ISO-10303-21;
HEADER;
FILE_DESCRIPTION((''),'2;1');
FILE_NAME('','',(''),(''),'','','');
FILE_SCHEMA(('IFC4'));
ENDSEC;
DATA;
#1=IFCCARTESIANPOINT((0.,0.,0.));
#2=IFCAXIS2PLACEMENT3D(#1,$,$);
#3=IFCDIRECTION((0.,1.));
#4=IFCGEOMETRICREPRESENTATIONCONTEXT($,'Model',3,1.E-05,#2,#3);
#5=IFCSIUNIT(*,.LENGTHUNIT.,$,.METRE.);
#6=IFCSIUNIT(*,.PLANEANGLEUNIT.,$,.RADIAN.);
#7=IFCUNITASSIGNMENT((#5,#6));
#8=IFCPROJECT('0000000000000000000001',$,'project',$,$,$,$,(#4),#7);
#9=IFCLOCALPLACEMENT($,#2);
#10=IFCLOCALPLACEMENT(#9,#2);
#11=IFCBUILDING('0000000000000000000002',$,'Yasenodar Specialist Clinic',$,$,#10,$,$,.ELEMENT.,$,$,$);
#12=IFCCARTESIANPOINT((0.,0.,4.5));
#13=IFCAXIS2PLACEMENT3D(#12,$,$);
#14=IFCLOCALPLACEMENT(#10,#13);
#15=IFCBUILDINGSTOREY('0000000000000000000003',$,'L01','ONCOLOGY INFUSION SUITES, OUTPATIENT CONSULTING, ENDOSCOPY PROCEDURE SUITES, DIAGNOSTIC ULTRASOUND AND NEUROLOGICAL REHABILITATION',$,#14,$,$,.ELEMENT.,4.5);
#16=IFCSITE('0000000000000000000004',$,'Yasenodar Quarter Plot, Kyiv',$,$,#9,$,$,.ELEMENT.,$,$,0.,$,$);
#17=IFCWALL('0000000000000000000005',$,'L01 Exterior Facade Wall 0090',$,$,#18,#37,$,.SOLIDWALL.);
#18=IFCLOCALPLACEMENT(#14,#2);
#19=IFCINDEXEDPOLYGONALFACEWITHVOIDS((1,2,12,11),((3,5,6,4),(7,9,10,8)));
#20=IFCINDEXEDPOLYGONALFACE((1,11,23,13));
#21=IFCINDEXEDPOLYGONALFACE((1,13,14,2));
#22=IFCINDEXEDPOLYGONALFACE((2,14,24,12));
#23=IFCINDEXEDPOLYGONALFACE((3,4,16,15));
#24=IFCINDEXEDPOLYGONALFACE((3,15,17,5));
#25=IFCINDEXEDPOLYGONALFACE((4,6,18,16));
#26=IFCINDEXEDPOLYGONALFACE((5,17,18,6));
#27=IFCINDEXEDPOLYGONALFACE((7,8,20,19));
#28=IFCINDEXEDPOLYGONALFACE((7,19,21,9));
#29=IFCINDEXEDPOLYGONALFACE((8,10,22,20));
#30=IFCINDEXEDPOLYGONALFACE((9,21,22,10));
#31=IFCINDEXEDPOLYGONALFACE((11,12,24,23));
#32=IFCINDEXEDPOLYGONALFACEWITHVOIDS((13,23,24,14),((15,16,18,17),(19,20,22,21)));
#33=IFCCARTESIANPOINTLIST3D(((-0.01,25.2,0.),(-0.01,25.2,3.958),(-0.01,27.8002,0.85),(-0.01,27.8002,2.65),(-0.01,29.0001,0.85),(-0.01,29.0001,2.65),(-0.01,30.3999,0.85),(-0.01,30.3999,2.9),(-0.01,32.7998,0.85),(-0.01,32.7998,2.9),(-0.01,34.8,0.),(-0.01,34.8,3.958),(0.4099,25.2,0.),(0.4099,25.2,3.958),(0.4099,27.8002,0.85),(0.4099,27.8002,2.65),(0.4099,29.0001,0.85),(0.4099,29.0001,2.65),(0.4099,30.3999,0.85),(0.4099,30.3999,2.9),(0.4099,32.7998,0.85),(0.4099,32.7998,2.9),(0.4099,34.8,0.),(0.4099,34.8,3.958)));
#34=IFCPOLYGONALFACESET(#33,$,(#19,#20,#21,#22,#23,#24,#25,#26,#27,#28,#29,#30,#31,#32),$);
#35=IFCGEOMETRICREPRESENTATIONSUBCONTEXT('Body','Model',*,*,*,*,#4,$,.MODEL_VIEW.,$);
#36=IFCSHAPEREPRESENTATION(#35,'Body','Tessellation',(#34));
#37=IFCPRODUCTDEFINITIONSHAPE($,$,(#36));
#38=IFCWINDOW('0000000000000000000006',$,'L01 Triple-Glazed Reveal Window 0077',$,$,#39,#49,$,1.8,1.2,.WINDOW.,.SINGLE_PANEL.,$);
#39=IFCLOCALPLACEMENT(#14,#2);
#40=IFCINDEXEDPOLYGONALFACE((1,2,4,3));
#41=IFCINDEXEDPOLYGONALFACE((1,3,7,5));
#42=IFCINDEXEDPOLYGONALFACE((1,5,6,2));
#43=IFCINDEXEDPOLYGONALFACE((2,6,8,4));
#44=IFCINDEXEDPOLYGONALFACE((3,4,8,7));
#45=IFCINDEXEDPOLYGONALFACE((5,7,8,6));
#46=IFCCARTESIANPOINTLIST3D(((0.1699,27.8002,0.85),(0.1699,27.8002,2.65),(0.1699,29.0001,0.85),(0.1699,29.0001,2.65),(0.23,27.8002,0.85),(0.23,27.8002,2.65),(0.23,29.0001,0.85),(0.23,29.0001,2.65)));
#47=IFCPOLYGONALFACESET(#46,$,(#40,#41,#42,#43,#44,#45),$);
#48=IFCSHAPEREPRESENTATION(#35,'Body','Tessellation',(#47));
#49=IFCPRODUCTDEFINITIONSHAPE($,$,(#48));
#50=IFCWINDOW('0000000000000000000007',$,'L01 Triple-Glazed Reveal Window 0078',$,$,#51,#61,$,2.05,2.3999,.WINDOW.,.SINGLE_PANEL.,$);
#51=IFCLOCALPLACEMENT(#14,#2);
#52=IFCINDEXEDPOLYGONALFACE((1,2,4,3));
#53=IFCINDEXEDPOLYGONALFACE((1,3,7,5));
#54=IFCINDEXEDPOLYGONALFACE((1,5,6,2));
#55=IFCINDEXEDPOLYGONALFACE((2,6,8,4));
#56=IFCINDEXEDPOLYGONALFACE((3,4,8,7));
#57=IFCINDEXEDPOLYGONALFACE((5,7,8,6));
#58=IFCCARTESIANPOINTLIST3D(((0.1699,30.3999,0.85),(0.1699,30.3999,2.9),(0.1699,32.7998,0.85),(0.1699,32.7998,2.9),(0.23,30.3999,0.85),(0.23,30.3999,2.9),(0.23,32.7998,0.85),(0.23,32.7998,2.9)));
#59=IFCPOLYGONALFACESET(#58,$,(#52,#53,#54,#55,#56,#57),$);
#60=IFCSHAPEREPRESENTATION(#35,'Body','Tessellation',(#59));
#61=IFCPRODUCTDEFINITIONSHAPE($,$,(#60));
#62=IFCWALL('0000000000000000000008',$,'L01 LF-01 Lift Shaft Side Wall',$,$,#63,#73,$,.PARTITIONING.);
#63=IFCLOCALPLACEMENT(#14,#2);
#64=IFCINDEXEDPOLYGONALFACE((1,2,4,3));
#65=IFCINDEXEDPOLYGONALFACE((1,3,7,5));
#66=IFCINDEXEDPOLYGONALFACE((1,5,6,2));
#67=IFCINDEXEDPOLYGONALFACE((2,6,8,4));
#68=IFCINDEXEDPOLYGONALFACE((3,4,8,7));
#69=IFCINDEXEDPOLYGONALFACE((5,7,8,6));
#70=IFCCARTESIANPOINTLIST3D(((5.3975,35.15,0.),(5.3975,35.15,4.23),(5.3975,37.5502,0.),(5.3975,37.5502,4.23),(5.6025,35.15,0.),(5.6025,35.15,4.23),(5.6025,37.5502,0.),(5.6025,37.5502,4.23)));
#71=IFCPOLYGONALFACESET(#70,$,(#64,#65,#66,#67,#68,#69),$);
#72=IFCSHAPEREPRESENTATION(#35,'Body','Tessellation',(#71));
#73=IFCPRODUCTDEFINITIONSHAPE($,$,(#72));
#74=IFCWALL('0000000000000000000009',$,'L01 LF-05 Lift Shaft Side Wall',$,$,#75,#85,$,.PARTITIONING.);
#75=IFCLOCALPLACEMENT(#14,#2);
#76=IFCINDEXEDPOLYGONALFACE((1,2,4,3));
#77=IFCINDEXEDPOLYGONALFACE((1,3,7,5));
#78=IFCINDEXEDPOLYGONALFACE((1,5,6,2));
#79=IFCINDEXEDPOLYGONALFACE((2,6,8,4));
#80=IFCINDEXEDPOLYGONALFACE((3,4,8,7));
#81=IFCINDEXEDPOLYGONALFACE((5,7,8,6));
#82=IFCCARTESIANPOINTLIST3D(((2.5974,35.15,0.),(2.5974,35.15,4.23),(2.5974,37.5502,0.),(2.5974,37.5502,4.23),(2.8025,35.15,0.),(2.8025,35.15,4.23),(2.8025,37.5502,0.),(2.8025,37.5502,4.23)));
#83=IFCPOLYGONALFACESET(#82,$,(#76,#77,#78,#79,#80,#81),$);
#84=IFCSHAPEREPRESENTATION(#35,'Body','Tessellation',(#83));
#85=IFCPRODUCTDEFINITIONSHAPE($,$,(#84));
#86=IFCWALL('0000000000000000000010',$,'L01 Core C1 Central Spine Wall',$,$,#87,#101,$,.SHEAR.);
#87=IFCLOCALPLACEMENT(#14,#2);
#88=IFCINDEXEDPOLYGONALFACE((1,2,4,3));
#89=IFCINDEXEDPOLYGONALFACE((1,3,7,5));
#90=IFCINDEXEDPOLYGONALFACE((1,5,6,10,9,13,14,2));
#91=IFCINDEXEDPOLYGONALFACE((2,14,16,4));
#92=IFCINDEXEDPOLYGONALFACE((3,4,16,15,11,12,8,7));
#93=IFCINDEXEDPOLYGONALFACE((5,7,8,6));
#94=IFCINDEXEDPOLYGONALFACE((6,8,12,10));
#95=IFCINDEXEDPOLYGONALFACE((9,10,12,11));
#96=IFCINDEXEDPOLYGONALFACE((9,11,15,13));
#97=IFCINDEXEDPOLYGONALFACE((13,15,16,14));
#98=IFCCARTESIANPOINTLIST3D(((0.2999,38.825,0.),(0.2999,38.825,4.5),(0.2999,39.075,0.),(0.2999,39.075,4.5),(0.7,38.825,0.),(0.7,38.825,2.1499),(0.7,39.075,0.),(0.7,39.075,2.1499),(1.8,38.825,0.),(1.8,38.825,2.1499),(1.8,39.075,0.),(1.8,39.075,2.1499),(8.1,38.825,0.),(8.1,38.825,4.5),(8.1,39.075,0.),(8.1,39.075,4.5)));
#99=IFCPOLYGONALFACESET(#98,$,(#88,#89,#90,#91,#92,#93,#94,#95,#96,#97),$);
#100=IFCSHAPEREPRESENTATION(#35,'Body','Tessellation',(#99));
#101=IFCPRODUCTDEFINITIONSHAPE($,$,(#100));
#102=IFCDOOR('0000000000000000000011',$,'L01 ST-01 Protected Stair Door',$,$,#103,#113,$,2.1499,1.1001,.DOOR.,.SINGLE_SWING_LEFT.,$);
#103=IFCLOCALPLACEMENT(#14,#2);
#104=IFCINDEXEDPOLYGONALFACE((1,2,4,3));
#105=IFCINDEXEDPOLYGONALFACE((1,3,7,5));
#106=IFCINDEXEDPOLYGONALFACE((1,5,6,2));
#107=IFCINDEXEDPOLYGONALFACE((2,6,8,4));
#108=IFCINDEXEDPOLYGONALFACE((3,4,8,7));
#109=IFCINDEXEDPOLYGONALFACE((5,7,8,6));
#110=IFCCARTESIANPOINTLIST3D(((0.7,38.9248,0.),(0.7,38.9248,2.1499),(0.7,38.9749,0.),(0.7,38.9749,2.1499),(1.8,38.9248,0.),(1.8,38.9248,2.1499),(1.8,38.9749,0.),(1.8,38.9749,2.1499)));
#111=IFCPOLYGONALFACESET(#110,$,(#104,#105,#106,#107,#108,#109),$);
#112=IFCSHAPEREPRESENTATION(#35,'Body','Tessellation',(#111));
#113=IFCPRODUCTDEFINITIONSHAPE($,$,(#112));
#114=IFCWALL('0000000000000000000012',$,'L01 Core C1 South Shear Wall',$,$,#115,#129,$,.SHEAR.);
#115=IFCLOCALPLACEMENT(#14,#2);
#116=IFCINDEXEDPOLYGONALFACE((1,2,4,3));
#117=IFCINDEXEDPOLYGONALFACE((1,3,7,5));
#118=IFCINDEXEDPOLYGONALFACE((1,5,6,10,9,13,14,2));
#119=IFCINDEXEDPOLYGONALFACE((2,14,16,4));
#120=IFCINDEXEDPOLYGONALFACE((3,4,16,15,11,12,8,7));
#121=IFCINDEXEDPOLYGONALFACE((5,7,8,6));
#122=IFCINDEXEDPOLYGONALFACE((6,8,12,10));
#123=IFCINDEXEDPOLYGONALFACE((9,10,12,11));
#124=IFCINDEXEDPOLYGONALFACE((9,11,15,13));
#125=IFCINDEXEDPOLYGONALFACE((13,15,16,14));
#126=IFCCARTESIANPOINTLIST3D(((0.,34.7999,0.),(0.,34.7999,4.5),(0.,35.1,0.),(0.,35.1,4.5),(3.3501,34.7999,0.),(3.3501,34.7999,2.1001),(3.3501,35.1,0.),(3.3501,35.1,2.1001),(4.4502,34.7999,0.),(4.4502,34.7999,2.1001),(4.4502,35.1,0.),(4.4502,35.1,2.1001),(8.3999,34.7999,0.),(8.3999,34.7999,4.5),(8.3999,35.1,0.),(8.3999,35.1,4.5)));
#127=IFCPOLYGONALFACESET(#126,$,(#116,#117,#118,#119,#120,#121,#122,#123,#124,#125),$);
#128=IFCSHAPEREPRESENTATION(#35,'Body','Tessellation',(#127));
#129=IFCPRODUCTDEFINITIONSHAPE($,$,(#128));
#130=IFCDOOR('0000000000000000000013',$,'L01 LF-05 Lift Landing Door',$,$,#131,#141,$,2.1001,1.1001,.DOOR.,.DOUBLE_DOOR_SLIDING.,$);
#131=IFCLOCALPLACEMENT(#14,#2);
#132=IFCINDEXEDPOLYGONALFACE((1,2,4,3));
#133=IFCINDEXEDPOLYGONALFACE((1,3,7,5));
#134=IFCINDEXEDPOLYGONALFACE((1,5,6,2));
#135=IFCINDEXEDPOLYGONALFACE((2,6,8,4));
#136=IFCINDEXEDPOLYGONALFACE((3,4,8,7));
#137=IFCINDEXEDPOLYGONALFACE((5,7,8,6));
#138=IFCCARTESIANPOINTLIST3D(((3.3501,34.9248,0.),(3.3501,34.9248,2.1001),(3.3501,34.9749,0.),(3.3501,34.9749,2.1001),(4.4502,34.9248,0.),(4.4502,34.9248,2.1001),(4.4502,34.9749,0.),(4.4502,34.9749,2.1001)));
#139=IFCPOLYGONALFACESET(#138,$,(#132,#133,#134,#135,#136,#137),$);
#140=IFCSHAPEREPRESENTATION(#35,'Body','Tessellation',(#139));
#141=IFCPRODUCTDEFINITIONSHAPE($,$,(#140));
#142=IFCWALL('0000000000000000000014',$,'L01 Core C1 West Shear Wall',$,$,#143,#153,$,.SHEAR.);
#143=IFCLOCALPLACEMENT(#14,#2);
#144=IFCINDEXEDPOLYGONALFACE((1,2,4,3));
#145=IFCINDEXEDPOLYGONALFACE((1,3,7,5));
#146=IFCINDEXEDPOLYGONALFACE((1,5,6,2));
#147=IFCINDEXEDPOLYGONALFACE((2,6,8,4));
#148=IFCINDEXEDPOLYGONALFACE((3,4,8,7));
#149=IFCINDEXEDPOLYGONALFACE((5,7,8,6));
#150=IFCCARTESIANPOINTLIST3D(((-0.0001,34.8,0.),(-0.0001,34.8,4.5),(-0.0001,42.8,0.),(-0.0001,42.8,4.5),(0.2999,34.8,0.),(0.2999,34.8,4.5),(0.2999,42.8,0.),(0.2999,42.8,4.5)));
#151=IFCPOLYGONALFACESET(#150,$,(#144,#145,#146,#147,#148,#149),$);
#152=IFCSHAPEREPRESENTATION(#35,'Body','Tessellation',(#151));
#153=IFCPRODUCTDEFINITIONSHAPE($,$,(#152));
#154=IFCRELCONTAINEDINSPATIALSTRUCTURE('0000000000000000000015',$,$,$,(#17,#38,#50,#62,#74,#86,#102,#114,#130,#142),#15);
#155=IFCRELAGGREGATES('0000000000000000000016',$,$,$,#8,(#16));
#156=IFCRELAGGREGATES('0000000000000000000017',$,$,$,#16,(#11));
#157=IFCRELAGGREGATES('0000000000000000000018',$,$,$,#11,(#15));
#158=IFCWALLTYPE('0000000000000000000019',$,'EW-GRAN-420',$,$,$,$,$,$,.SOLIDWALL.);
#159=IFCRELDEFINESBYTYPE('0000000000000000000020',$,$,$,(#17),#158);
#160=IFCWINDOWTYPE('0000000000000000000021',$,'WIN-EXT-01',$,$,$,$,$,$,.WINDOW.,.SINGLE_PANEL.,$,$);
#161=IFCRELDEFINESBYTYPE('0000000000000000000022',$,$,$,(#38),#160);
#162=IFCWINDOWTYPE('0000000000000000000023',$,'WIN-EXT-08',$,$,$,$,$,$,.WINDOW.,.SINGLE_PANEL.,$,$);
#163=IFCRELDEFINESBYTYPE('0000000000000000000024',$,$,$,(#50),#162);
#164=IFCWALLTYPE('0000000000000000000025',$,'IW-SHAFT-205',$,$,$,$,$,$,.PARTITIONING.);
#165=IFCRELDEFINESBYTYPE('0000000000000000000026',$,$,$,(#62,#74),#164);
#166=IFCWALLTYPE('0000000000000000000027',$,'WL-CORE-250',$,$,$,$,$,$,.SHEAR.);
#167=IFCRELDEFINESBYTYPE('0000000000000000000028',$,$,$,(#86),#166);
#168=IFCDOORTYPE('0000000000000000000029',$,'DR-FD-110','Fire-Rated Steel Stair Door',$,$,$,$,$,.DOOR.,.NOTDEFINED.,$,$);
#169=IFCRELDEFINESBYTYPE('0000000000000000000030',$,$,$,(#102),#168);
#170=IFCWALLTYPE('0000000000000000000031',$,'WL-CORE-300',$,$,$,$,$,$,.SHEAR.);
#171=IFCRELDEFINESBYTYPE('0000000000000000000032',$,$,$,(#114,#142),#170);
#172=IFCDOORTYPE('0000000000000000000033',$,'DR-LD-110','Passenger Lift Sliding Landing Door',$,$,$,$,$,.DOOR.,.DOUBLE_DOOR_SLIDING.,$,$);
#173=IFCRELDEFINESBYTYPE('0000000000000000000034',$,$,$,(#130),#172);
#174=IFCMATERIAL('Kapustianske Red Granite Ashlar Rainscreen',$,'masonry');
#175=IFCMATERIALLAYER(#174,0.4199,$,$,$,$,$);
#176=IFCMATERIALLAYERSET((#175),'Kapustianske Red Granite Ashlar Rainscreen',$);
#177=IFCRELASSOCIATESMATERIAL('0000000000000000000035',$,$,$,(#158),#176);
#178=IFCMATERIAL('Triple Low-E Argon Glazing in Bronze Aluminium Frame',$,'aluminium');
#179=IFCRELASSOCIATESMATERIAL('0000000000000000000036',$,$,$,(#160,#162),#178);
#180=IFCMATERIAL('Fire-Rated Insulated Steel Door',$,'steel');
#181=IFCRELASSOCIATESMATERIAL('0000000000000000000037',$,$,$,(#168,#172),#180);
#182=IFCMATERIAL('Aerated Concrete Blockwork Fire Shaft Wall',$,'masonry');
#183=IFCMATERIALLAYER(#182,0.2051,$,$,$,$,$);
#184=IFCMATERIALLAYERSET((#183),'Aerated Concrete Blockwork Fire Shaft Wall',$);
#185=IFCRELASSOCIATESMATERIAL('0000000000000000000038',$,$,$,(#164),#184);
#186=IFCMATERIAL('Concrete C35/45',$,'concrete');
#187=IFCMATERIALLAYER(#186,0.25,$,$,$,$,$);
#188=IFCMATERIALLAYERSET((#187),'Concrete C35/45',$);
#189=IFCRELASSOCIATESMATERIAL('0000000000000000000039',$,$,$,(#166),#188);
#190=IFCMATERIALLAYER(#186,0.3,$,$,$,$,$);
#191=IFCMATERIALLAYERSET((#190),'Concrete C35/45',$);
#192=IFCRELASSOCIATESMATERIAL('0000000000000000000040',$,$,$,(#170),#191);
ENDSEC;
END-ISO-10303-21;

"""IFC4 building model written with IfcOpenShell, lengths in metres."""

from ifc_helpers import new_model, si_unit, direction, frame, frame_2d, origin, place, context, subcontext, project, spatial, rectangle, extrude, material, layer, layer_set, type_object, element, fill, save


model = new_model("IFC4")

# Units and contexts
model_context = context("Model", 3, precision=1e-05, world=origin(), true_north=direction((0.0, 1.0)))
body_context = subcontext(model_context, "Body", "Model", "MODEL_VIEW")
ifc_project = project(units=[si_unit("LENGTHUNIT", "METRE"), si_unit("PLANEANGLEUNIT", "RADIAN")], contexts=[model_context])

# Site, building, storey
site_placement = place(None, origin())
site = spatial("IfcSite", under=ifc_project, at=site_placement, Name="Yasenodar Quarter Plot, Kyiv", CompositionType="ELEMENT", RefElevation=0.0)
building_placement = place(site_placement, origin())
building = spatial("IfcBuilding", under=site, at=building_placement, Name="Yasenodar Specialist Clinic", CompositionType="ELEMENT")
storey_placement = place(building_placement, frame((0.0, 0.0, 4.5)))
storey = spatial("IfcBuildingStorey", under=building, at=storey_placement, Name="L01", Description="ONCOLOGY INFUSION SUITES, OUTPATIENT CONSULTING, ENDOSCOPY PROCEDURE SUITES, DIAGNOSTIC ULTRASOUND AND NEUROLOGICAL REHABILITATION", CompositionType="ELEMENT", Elevation=4.5)

# Wall, openings, windows
ifc_material_1 = material(Name="Kapustianske Red Granite Ashlar Rainscreen", Category="masonry")
ifc_layer_1 = layer(ifc_material_1, 0.4199)
ifc_layer_set_1 = layer_set([ifc_layer_1], Name="Kapustianske Red Granite Ashlar Rainscreen")
wall_type_1 = type_object("IfcWallType", Name="EW-GRAN-420", PredefinedType="SOLIDWALL", material=ifc_layer_set_1)
wall_1_placement = place(storey_placement, frame((0.2, 25.2, 0.0), z_axis=(0.0, 0.0, 1.0), x_axis=(0.0, 1.0, 0.0)))
wall_1 = element("IfcWall", 1, at=wall_1_placement, inside=storey, type_object=wall_type_1, Name="L01 Exterior Facade Wall 0090", PredefinedType="SOLIDWALL", context=body_context, shape_type="SweptSolid", body=[
    extrude(rectangle(XDim=9.6001, YDim=0.4199, at=frame_2d((4.8, 0.0))), origin(), (0.0, 0.0, 1.0), 3.958),
])
opening_1_placement = place(wall_1_placement, frame((2.6001, 0.0, 0.8501)))
opening_1 = element("IfcOpeningElement", 2, at=opening_1_placement, cuts=wall_1, PredefinedType="OPENING", context=body_context, shape_type="SweptSolid", body=[
    extrude(rectangle(XDim=1.2, YDim=1.8, at=frame_2d((0.6001, 0.8999))), frame((0.0, 0.22, 0.0), z_axis=(0.0, -1.0, 0.0), x_axis=(1.0, 0.0, 0.0)), (0.0, 0.0, 1.0), 0.4399),
])
opening_2_placement = place(wall_1_placement, frame((5.2, 0.0, 0.8501)))
opening_2 = element("IfcOpeningElement", 3, at=opening_2_placement, cuts=wall_1, PredefinedType="OPENING", context=body_context, shape_type="SweptSolid", body=[
    extrude(rectangle(XDim=2.3999, YDim=2.05, at=frame_2d((1.2, 1.0249))), frame((0.0, 0.22, 0.0), z_axis=(0.0, -1.0, 0.0), x_axis=(1.0, 0.0, 0.0)), (0.0, 0.0, 1.0), 0.4399),
])
ifc_material_2 = material(Name="Triple Low-E Argon Glazing in Bronze Aluminium Frame", Category="aluminium")
window_type_1 = type_object("IfcWindowType", Name="WIN-EXT-01", PartitioningType="SINGLE_PANEL", PredefinedType="WINDOW", material=ifc_material_2)
window_1_placement = place(opening_1_placement, origin())
window_1 = element("IfcWindow", 4, at=window_1_placement, inside=storey, type_object=window_type_1, Name="L01 Triple-Glazed Reveal Window 0077", OverallHeight=1.8, OverallWidth=1.2, PartitioningType="SINGLE_PANEL", PredefinedType="WINDOW", context=body_context, shape_type="SweptSolid", body=[
    extrude(rectangle(XDim=1.2, YDim=1.8, at=frame_2d((0.6001, 0.8999))), frame((0.0, 0.03, 0.0), z_axis=(0.0, -1.0, 0.0), x_axis=(1.0, 0.0, 0.0)), (0.0, 0.0, 1.0), 0.0601),
])
fill(opening_1, window_1)
window_type_2 = type_object("IfcWindowType", Name="WIN-EXT-08", PartitioningType="SINGLE_PANEL", PredefinedType="WINDOW", material=ifc_material_2)
window_2_placement = place(opening_2_placement, origin())
window_2 = element("IfcWindow", 5, at=window_2_placement, inside=storey, type_object=window_type_2, Name="L01 Triple-Glazed Reveal Window 0078", OverallHeight=2.05, OverallWidth=2.3999, PartitioningType="SINGLE_PANEL", PredefinedType="WINDOW", context=body_context, shape_type="SweptSolid", body=[
    extrude(rectangle(XDim=2.3999, YDim=2.05, at=frame_2d((1.2, 1.0249))), frame((0.0, 0.03, 0.0), z_axis=(0.0, -1.0, 0.0), x_axis=(1.0, 0.0, 0.0)), (0.0, 0.0, 1.0), 0.0601),
])
fill(opening_2, window_2)

# Shared definitions
ifc_material_3 = material(Name="Fire-Rated Insulated Steel Door", Category="steel")
door_type_1 = type_object("IfcDoorType", Name="DR-FD-110", Description="Fire-Rated Steel Stair Door", OperationType="NOTDEFINED", PredefinedType="DOOR", material=ifc_material_3)

# Walls
ifc_material_4 = material(Name="Aerated Concrete Blockwork Fire Shaft Wall", Category="masonry")
ifc_layer_2 = layer(ifc_material_4, 0.2051)
ifc_layer_set_2 = layer_set([ifc_layer_2], Name="Aerated Concrete Blockwork Fire Shaft Wall")
wall_type_2 = type_object("IfcWallType", Name="IW-SHAFT-205", PredefinedType="PARTITIONING", material=ifc_layer_set_2)
for number, where, z_axis, x_axis, name in (
    (6, (5.5, 35.1499, 0.0), (0.0, 0.0, 1.0), (0.0, 1.0, 0.0), "L01 LF-01 Lift Shaft Side Wall"),
    (7, (2.7, 35.1499, 0.0), (0.0, 0.0, 1.0), (0.0, 1.0, 0.0), "L01 LF-05 Lift Shaft Side Wall"),
):
    element("IfcWall", number, at=place(storey_placement, frame(where, z_axis=z_axis, x_axis=x_axis)), inside=storey, type_object=wall_type_2, Name=name, PredefinedType="PARTITIONING", context=body_context, shape_type="SweptSolid", body=[
        extrude(rectangle(XDim=2.4001, YDim=0.2051, at=frame_2d((1.2002, 0.0))), origin(), (0.0, 0.0, 1.0), 4.23),
    ])

# Walls, openings, doors
ifc_material_5 = material(Name="Concrete C35/45", Category="concrete")
ifc_layer_3 = layer(ifc_material_5, 0.25)
ifc_layer_set_3 = layer_set([ifc_layer_3], Name="Concrete C35/45")
wall_type_3 = type_object("IfcWallType", Name="WL-CORE-250", PredefinedType="SHEAR", material=ifc_layer_set_3)
wall_2_placement = place(storey_placement, frame((0.3, 38.95, 0.0), z_axis=(0.0, 0.0, 1.0), x_axis=(1.0, 0.0, 0.0)))
wall_2 = element("IfcWall", 8, at=wall_2_placement, inside=storey, type_object=wall_type_3, Name="L01 Core C1 Central Spine Wall", PredefinedType="SHEAR", context=body_context, shape_type="SweptSolid", body=[
    extrude(rectangle(XDim=7.8, YDim=0.25, at=frame_2d((3.8999, 0.0))), origin(), (0.0, 0.0, 1.0), 4.5),
])
opening_3_placement = place(wall_2_placement, frame((0.3999, 0.0, 0.0)))
opening_3 = element("IfcOpeningElement", 9, at=opening_3_placement, cuts=wall_2, PredefinedType="OPENING", context=body_context, shape_type="SweptSolid", body=[
    extrude(rectangle(XDim=1.1001, YDim=2.1499, at=frame_2d((0.55, 1.075))), frame((0.0, 0.135, 0.0), z_axis=(0.0, -1.0, 0.0), x_axis=(1.0, 0.0, 0.0)), (0.0, 0.0, 1.0), 0.27),
])
door_1_placement = place(opening_3_placement, origin())
door_1 = element("IfcDoor", 10, at=door_1_placement, inside=storey, type_object=door_type_1, Name="L01 ST-01 Protected Stair Door", OperationType="SINGLE_SWING_LEFT", OverallHeight=2.1499, OverallWidth=1.1001, PredefinedType="DOOR", context=body_context, shape_type="SweptSolid", body=[
    extrude(rectangle(XDim=1.1001, YDim=2.1499, at=frame_2d((0.55, 1.075))), frame((0.0, 0.0249, 0.0), z_axis=(0.0, -1.0, 0.0), x_axis=(1.0, 0.0, 0.0)), (0.0, 0.0, 1.0), 0.05),
])
fill(opening_3, door_1)
ifc_layer_4 = layer(ifc_material_5, 0.3)
ifc_layer_set_4 = layer_set([ifc_layer_4], Name="Concrete C35/45")
wall_type_4 = type_object("IfcWallType", Name="WL-CORE-300", PredefinedType="SHEAR", material=ifc_layer_set_4)
wall_3_placement = place(storey_placement, frame((0.0, 34.95, 0.0), z_axis=(0.0, 0.0, 1.0), x_axis=(1.0, 0.0, 0.0)))
wall_3 = element("IfcWall", 11, at=wall_3_placement, inside=storey, type_object=wall_type_4, Name="L01 Core C1 South Shear Wall", PredefinedType="SHEAR", context=body_context, shape_type="SweptSolid", body=[
    extrude(rectangle(XDim=8.3999, YDim=0.3, at=frame_2d((4.2, 0.0))), origin(), (0.0, 0.0, 1.0), 4.5),
])
opening_4_placement = place(wall_3_placement, frame((3.3501, 0.0, 0.0)))
opening_4 = element("IfcOpeningElement", 12, at=opening_4_placement, cuts=wall_3, PredefinedType="OPENING", context=body_context, shape_type="SweptSolid", body=[
    extrude(rectangle(XDim=1.1001, YDim=2.1001, at=frame_2d((0.55, 1.05))), frame((0.0, 0.1602, 0.0), z_axis=(0.0, -1.0, 0.0), x_axis=(1.0, 0.0, 0.0)), (0.0, 0.0, 1.0), 0.3201),
])
door_type_2 = type_object("IfcDoorType", Name="DR-LD-110", Description="Passenger Lift Sliding Landing Door", OperationType="DOUBLE_DOOR_SLIDING", PredefinedType="DOOR", material=ifc_material_3)
door_2_placement = place(opening_4_placement, origin())
door_2 = element("IfcDoor", 13, at=door_2_placement, inside=storey, type_object=door_type_2, Name="L01 LF-05 Lift Landing Door", OperationType="DOUBLE_DOOR_SLIDING", OverallHeight=2.1001, OverallWidth=1.1001, PredefinedType="DOOR", context=body_context, shape_type="SweptSolid", body=[
    extrude(rectangle(XDim=1.1001, YDim=2.1001, at=frame_2d((0.55, 1.05))), frame((0.0, 0.0249, 0.0), z_axis=(0.0, -1.0, 0.0), x_axis=(1.0, 0.0, 0.0)), (0.0, 0.0, 1.0), 0.05),
])
fill(opening_4, door_2)

# Wall
wall_4_placement = place(storey_placement, frame((0.1499, 34.8, 0.0), z_axis=(0.0, 0.0, 1.0), x_axis=(0.0, 1.0, 0.0)))
element("IfcWall", 14, at=wall_4_placement, inside=storey, type_object=wall_type_4, Name="L01 Core C1 West Shear Wall", PredefinedType="SHEAR", context=body_context, shape_type="SweptSolid", body=[
    extrude(rectangle(XDim=8.0, YDim=0.3, at=frame_2d((4.0, 0.0))), origin(), (0.0, 0.0, 1.0), 4.5),
])

save(model, "model.ifc")
